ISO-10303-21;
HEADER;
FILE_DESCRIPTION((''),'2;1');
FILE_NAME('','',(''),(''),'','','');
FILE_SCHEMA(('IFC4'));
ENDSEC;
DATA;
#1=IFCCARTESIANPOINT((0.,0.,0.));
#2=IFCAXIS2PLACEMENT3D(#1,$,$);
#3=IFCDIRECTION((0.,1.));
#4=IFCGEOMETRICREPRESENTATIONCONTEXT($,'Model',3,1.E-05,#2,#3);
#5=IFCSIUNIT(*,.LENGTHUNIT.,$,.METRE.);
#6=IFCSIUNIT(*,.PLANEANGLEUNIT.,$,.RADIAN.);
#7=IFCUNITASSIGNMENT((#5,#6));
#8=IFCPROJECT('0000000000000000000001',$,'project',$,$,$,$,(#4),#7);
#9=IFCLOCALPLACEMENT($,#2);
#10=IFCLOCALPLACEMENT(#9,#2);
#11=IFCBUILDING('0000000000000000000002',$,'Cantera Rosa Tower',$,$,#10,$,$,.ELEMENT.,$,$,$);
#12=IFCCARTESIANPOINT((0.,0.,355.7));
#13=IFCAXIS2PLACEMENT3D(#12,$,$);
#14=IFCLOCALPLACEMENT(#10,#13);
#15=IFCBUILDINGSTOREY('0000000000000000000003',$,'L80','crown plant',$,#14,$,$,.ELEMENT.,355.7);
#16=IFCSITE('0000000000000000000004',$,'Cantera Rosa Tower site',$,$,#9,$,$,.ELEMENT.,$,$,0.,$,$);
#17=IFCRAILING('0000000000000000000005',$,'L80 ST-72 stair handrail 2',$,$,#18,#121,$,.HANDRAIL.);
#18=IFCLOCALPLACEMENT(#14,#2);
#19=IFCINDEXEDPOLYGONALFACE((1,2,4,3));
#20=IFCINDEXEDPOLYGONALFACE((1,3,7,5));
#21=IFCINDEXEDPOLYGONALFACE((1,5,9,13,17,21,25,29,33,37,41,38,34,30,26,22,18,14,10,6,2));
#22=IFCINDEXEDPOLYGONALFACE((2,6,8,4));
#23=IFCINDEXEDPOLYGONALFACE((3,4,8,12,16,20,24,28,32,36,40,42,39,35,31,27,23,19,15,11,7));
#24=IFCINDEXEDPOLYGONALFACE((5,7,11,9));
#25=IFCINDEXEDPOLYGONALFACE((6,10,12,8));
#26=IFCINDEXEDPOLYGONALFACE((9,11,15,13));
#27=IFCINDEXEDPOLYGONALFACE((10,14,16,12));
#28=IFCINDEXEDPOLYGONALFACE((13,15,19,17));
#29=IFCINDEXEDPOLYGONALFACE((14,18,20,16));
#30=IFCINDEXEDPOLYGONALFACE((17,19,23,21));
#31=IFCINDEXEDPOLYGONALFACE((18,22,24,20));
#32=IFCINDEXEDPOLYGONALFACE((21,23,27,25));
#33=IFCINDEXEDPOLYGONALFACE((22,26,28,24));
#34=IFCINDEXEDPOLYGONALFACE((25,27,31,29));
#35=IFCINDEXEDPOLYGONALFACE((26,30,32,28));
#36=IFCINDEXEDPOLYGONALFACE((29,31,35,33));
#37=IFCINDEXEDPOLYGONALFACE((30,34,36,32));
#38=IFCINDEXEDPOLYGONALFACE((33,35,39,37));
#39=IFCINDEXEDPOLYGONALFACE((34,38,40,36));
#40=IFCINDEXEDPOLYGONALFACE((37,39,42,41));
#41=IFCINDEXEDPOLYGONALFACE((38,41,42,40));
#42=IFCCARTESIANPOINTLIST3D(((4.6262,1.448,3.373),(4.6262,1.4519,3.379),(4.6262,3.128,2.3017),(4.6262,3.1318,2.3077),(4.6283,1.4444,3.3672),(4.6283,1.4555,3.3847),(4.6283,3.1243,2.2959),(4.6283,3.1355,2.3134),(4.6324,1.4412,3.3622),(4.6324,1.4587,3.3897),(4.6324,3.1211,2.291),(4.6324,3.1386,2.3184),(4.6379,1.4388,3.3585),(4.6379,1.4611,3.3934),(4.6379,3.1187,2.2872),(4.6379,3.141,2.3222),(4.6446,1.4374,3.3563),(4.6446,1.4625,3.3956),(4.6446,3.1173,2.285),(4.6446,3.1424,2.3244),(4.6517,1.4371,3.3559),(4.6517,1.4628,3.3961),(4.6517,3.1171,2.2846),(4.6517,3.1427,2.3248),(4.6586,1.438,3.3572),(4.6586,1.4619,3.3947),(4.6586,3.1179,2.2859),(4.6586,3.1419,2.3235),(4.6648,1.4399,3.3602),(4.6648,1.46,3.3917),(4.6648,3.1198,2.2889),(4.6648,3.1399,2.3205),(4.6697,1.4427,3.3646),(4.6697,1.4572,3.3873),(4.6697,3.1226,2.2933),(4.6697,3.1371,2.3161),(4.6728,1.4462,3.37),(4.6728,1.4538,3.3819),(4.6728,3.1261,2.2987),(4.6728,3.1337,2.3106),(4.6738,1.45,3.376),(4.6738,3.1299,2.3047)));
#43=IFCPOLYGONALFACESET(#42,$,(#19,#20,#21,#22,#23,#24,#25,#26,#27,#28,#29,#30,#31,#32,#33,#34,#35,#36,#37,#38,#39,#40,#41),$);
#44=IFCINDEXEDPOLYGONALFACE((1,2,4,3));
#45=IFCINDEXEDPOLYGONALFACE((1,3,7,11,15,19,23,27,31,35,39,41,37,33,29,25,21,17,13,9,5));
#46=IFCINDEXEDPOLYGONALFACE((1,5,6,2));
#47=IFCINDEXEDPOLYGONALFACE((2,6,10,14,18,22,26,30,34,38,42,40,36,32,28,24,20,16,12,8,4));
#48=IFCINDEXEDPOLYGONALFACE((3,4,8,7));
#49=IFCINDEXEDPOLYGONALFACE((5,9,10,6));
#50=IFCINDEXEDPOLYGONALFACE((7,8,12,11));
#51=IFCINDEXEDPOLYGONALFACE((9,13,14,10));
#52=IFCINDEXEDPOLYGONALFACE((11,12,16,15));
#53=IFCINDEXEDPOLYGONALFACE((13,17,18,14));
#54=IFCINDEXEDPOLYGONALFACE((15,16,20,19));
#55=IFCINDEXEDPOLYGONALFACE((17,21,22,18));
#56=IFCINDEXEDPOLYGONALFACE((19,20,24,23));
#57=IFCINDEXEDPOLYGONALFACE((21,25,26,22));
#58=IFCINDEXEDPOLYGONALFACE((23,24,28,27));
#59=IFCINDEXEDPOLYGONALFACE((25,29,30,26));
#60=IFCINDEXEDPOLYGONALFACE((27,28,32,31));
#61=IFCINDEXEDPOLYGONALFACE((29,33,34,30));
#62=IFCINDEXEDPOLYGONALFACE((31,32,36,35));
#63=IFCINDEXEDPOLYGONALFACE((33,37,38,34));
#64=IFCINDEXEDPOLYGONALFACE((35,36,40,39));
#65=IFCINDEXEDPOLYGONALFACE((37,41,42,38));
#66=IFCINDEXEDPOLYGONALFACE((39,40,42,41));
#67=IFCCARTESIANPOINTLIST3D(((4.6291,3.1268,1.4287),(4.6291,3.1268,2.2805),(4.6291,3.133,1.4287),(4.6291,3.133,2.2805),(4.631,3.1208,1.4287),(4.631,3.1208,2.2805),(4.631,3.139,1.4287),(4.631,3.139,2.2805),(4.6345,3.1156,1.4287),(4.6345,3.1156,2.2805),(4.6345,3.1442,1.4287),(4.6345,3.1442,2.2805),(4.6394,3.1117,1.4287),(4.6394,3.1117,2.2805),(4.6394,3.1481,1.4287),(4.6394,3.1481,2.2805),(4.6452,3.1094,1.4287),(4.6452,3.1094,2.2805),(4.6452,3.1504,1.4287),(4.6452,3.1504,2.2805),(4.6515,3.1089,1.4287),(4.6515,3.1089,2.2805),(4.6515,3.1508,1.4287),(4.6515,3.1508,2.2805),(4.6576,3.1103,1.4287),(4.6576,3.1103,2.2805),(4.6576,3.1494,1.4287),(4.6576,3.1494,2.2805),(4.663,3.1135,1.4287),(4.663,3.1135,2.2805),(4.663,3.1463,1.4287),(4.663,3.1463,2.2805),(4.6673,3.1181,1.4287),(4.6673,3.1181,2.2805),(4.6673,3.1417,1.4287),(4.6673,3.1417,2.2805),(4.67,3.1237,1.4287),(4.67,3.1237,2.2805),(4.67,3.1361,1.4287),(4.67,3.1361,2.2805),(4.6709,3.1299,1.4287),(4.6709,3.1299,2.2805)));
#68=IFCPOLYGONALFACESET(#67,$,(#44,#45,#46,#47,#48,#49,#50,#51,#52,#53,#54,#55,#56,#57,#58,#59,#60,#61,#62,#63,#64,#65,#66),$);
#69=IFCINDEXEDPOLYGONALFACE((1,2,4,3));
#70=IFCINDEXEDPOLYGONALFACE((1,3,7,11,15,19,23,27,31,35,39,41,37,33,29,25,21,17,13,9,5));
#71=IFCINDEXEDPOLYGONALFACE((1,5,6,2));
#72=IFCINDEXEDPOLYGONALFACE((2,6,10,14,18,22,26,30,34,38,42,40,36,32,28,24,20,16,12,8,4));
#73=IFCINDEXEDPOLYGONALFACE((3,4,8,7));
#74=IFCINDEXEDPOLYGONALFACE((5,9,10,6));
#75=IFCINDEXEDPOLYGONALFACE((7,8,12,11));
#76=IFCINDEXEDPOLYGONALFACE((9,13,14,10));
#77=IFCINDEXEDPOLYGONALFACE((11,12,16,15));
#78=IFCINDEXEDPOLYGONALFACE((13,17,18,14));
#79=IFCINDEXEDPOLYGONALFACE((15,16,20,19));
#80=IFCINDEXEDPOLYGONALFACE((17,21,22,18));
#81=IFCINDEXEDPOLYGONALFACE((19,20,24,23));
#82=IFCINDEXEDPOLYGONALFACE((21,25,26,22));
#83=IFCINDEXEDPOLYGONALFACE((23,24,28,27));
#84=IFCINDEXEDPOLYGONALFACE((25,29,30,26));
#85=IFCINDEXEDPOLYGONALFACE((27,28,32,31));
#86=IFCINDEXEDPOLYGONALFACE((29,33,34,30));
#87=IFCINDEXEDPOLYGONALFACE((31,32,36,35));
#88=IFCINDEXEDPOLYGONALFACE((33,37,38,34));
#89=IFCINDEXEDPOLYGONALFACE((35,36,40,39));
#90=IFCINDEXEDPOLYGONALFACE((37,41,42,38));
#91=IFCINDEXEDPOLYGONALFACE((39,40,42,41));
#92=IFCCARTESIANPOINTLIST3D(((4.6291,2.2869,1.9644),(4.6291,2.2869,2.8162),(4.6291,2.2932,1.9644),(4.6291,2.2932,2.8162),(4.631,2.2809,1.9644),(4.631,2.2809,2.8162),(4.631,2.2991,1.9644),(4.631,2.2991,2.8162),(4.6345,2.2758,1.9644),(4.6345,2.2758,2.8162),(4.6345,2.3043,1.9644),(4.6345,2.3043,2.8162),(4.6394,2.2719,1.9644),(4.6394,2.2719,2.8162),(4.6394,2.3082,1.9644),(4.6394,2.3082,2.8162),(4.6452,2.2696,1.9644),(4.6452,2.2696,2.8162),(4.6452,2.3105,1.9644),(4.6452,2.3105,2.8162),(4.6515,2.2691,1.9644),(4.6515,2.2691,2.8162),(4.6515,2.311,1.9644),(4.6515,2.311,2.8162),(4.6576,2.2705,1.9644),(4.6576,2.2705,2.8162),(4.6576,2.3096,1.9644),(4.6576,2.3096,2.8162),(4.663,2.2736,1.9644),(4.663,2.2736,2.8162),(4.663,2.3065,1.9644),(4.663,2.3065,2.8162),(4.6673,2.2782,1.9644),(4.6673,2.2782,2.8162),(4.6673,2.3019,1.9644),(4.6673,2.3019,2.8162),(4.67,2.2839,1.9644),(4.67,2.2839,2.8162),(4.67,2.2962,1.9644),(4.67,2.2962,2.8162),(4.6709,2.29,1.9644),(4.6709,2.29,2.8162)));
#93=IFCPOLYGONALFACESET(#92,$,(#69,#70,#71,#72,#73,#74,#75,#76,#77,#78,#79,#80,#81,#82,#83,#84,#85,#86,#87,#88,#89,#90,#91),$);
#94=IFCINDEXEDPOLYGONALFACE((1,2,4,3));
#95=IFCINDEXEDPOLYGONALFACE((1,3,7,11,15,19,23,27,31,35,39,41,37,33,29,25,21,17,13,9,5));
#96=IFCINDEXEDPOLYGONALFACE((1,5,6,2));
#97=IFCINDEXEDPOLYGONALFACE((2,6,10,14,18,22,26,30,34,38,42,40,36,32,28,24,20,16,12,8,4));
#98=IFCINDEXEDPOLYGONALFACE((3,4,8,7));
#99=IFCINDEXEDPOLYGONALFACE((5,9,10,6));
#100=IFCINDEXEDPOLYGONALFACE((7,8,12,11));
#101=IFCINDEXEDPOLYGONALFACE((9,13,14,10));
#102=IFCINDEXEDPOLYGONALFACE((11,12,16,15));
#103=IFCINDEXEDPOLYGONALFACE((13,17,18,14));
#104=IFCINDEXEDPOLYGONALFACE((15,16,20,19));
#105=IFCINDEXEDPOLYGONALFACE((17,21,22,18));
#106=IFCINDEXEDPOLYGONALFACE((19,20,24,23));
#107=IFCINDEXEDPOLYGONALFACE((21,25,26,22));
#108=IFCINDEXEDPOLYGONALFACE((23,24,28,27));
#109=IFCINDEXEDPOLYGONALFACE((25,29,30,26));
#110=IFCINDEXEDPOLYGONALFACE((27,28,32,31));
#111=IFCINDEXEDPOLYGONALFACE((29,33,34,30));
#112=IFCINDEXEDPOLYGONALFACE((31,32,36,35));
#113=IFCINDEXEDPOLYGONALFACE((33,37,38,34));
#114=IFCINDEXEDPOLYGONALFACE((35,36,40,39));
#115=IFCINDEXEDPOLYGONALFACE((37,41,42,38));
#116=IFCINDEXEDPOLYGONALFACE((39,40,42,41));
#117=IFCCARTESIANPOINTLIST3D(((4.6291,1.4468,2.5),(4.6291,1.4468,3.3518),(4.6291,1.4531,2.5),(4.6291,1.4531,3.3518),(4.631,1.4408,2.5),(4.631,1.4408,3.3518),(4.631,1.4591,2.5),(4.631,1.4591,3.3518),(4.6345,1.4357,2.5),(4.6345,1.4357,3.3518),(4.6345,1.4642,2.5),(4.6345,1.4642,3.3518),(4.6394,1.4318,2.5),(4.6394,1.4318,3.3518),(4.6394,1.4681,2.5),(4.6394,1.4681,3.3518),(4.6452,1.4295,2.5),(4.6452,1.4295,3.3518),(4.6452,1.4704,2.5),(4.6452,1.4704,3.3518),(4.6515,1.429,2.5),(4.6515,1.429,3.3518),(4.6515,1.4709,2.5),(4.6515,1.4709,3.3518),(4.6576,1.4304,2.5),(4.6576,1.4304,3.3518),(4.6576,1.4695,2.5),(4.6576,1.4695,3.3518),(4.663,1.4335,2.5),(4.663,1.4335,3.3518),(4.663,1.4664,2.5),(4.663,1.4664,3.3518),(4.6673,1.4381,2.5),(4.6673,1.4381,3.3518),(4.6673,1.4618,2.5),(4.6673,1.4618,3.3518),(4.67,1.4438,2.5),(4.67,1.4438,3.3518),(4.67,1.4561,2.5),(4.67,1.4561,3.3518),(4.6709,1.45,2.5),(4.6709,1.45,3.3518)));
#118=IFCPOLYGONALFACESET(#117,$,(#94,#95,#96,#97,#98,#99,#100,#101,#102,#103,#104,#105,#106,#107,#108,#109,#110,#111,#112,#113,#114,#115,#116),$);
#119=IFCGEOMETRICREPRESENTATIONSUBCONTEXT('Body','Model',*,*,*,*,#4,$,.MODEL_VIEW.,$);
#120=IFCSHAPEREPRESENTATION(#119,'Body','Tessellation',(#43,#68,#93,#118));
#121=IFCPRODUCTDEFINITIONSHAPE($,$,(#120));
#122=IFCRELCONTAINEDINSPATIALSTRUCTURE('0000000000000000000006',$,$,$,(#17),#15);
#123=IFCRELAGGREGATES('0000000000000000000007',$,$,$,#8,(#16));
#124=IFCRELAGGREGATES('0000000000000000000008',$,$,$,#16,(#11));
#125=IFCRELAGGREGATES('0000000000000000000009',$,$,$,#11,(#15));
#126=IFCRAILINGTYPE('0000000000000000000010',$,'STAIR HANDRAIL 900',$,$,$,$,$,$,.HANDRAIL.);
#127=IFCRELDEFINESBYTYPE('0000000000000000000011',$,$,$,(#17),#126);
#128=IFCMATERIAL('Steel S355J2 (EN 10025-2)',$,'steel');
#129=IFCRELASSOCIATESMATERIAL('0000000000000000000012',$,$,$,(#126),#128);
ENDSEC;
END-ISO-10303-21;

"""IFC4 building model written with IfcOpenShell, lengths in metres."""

from ifc_helpers import new_model, si_unit, direction, frame, origin, origin_2d, place, context, subcontext, project, spatial, circle, extrude, material, type_object, element, save


model = new_model("IFC4")

# Units and contexts
model_context = context("Model", 3, precision=1e-05, world=origin(), true_north=direction((0.0, 1.0)))
body_context = subcontext(model_context, "Body", "Model", "MODEL_VIEW")
ifc_project = project(units=[si_unit("LENGTHUNIT", "METRE"), si_unit("PLANEANGLEUNIT", "RADIAN")], contexts=[model_context])

# Site, building, storey
site_placement = place(None, origin())
site = spatial("IfcSite", under=ifc_project, at=site_placement, Name="Cantera Rosa Tower site", CompositionType="ELEMENT", RefElevation=0.0)
building_placement = place(site_placement, origin())
building = spatial("IfcBuilding", under=site, at=building_placement, Name="Cantera Rosa Tower", CompositionType="ELEMENT")
storey_placement = place(building_placement, frame((0.0, 0.0, 355.7)))
storey = spatial("IfcBuildingStorey", under=building, at=storey_placement, Name="L80", Description="crown plant", CompositionType="ELEMENT", Elevation=355.7)

# Railing
ifc_material_1 = material(Name="Steel S355J2 (EN 10025-2)", Category="steel")
railing_type_1 = type_object("IfcRailingType", Name="STAIR HANDRAIL 900", PredefinedType="HANDRAIL", material=ifc_material_1)
railing_1_placement = place(storey_placement, frame((4.6499, 3.1299, 1.4287)))
element("IfcRailing", 1, at=railing_1_placement, inside=storey, type_object=railing_type_1, Name="L80 ST-72 stair handrail 2", PredefinedType="HANDRAIL", context=body_context, shape_type="SweptSolid", body=[
    extrude(circle(Radius=0.0239, at=origin_2d()), frame((0.0, 0.0, 0.876), z_axis=(0.0, -0.843152, 0.537676), x_axis=(1.0, 0.0, 0.0)), (0.0, 0.0, 1.0), 1.9924),
    extrude(circle(Radius=0.021, at=origin_2d()), origin(), (0.0, 0.0, 1.0), 0.8518),
    extrude(circle(Radius=0.021, at=origin_2d()), frame((0.0, -0.8398, 0.5356)), (0.0, 0.0, 1.0), 0.8518),
    extrude(circle(Radius=0.021, at=origin_2d()), frame((0.0, -1.6799, 1.0713)), (0.0, 0.0, 1.0), 0.8518),
])

save(model, "model.ifc")
